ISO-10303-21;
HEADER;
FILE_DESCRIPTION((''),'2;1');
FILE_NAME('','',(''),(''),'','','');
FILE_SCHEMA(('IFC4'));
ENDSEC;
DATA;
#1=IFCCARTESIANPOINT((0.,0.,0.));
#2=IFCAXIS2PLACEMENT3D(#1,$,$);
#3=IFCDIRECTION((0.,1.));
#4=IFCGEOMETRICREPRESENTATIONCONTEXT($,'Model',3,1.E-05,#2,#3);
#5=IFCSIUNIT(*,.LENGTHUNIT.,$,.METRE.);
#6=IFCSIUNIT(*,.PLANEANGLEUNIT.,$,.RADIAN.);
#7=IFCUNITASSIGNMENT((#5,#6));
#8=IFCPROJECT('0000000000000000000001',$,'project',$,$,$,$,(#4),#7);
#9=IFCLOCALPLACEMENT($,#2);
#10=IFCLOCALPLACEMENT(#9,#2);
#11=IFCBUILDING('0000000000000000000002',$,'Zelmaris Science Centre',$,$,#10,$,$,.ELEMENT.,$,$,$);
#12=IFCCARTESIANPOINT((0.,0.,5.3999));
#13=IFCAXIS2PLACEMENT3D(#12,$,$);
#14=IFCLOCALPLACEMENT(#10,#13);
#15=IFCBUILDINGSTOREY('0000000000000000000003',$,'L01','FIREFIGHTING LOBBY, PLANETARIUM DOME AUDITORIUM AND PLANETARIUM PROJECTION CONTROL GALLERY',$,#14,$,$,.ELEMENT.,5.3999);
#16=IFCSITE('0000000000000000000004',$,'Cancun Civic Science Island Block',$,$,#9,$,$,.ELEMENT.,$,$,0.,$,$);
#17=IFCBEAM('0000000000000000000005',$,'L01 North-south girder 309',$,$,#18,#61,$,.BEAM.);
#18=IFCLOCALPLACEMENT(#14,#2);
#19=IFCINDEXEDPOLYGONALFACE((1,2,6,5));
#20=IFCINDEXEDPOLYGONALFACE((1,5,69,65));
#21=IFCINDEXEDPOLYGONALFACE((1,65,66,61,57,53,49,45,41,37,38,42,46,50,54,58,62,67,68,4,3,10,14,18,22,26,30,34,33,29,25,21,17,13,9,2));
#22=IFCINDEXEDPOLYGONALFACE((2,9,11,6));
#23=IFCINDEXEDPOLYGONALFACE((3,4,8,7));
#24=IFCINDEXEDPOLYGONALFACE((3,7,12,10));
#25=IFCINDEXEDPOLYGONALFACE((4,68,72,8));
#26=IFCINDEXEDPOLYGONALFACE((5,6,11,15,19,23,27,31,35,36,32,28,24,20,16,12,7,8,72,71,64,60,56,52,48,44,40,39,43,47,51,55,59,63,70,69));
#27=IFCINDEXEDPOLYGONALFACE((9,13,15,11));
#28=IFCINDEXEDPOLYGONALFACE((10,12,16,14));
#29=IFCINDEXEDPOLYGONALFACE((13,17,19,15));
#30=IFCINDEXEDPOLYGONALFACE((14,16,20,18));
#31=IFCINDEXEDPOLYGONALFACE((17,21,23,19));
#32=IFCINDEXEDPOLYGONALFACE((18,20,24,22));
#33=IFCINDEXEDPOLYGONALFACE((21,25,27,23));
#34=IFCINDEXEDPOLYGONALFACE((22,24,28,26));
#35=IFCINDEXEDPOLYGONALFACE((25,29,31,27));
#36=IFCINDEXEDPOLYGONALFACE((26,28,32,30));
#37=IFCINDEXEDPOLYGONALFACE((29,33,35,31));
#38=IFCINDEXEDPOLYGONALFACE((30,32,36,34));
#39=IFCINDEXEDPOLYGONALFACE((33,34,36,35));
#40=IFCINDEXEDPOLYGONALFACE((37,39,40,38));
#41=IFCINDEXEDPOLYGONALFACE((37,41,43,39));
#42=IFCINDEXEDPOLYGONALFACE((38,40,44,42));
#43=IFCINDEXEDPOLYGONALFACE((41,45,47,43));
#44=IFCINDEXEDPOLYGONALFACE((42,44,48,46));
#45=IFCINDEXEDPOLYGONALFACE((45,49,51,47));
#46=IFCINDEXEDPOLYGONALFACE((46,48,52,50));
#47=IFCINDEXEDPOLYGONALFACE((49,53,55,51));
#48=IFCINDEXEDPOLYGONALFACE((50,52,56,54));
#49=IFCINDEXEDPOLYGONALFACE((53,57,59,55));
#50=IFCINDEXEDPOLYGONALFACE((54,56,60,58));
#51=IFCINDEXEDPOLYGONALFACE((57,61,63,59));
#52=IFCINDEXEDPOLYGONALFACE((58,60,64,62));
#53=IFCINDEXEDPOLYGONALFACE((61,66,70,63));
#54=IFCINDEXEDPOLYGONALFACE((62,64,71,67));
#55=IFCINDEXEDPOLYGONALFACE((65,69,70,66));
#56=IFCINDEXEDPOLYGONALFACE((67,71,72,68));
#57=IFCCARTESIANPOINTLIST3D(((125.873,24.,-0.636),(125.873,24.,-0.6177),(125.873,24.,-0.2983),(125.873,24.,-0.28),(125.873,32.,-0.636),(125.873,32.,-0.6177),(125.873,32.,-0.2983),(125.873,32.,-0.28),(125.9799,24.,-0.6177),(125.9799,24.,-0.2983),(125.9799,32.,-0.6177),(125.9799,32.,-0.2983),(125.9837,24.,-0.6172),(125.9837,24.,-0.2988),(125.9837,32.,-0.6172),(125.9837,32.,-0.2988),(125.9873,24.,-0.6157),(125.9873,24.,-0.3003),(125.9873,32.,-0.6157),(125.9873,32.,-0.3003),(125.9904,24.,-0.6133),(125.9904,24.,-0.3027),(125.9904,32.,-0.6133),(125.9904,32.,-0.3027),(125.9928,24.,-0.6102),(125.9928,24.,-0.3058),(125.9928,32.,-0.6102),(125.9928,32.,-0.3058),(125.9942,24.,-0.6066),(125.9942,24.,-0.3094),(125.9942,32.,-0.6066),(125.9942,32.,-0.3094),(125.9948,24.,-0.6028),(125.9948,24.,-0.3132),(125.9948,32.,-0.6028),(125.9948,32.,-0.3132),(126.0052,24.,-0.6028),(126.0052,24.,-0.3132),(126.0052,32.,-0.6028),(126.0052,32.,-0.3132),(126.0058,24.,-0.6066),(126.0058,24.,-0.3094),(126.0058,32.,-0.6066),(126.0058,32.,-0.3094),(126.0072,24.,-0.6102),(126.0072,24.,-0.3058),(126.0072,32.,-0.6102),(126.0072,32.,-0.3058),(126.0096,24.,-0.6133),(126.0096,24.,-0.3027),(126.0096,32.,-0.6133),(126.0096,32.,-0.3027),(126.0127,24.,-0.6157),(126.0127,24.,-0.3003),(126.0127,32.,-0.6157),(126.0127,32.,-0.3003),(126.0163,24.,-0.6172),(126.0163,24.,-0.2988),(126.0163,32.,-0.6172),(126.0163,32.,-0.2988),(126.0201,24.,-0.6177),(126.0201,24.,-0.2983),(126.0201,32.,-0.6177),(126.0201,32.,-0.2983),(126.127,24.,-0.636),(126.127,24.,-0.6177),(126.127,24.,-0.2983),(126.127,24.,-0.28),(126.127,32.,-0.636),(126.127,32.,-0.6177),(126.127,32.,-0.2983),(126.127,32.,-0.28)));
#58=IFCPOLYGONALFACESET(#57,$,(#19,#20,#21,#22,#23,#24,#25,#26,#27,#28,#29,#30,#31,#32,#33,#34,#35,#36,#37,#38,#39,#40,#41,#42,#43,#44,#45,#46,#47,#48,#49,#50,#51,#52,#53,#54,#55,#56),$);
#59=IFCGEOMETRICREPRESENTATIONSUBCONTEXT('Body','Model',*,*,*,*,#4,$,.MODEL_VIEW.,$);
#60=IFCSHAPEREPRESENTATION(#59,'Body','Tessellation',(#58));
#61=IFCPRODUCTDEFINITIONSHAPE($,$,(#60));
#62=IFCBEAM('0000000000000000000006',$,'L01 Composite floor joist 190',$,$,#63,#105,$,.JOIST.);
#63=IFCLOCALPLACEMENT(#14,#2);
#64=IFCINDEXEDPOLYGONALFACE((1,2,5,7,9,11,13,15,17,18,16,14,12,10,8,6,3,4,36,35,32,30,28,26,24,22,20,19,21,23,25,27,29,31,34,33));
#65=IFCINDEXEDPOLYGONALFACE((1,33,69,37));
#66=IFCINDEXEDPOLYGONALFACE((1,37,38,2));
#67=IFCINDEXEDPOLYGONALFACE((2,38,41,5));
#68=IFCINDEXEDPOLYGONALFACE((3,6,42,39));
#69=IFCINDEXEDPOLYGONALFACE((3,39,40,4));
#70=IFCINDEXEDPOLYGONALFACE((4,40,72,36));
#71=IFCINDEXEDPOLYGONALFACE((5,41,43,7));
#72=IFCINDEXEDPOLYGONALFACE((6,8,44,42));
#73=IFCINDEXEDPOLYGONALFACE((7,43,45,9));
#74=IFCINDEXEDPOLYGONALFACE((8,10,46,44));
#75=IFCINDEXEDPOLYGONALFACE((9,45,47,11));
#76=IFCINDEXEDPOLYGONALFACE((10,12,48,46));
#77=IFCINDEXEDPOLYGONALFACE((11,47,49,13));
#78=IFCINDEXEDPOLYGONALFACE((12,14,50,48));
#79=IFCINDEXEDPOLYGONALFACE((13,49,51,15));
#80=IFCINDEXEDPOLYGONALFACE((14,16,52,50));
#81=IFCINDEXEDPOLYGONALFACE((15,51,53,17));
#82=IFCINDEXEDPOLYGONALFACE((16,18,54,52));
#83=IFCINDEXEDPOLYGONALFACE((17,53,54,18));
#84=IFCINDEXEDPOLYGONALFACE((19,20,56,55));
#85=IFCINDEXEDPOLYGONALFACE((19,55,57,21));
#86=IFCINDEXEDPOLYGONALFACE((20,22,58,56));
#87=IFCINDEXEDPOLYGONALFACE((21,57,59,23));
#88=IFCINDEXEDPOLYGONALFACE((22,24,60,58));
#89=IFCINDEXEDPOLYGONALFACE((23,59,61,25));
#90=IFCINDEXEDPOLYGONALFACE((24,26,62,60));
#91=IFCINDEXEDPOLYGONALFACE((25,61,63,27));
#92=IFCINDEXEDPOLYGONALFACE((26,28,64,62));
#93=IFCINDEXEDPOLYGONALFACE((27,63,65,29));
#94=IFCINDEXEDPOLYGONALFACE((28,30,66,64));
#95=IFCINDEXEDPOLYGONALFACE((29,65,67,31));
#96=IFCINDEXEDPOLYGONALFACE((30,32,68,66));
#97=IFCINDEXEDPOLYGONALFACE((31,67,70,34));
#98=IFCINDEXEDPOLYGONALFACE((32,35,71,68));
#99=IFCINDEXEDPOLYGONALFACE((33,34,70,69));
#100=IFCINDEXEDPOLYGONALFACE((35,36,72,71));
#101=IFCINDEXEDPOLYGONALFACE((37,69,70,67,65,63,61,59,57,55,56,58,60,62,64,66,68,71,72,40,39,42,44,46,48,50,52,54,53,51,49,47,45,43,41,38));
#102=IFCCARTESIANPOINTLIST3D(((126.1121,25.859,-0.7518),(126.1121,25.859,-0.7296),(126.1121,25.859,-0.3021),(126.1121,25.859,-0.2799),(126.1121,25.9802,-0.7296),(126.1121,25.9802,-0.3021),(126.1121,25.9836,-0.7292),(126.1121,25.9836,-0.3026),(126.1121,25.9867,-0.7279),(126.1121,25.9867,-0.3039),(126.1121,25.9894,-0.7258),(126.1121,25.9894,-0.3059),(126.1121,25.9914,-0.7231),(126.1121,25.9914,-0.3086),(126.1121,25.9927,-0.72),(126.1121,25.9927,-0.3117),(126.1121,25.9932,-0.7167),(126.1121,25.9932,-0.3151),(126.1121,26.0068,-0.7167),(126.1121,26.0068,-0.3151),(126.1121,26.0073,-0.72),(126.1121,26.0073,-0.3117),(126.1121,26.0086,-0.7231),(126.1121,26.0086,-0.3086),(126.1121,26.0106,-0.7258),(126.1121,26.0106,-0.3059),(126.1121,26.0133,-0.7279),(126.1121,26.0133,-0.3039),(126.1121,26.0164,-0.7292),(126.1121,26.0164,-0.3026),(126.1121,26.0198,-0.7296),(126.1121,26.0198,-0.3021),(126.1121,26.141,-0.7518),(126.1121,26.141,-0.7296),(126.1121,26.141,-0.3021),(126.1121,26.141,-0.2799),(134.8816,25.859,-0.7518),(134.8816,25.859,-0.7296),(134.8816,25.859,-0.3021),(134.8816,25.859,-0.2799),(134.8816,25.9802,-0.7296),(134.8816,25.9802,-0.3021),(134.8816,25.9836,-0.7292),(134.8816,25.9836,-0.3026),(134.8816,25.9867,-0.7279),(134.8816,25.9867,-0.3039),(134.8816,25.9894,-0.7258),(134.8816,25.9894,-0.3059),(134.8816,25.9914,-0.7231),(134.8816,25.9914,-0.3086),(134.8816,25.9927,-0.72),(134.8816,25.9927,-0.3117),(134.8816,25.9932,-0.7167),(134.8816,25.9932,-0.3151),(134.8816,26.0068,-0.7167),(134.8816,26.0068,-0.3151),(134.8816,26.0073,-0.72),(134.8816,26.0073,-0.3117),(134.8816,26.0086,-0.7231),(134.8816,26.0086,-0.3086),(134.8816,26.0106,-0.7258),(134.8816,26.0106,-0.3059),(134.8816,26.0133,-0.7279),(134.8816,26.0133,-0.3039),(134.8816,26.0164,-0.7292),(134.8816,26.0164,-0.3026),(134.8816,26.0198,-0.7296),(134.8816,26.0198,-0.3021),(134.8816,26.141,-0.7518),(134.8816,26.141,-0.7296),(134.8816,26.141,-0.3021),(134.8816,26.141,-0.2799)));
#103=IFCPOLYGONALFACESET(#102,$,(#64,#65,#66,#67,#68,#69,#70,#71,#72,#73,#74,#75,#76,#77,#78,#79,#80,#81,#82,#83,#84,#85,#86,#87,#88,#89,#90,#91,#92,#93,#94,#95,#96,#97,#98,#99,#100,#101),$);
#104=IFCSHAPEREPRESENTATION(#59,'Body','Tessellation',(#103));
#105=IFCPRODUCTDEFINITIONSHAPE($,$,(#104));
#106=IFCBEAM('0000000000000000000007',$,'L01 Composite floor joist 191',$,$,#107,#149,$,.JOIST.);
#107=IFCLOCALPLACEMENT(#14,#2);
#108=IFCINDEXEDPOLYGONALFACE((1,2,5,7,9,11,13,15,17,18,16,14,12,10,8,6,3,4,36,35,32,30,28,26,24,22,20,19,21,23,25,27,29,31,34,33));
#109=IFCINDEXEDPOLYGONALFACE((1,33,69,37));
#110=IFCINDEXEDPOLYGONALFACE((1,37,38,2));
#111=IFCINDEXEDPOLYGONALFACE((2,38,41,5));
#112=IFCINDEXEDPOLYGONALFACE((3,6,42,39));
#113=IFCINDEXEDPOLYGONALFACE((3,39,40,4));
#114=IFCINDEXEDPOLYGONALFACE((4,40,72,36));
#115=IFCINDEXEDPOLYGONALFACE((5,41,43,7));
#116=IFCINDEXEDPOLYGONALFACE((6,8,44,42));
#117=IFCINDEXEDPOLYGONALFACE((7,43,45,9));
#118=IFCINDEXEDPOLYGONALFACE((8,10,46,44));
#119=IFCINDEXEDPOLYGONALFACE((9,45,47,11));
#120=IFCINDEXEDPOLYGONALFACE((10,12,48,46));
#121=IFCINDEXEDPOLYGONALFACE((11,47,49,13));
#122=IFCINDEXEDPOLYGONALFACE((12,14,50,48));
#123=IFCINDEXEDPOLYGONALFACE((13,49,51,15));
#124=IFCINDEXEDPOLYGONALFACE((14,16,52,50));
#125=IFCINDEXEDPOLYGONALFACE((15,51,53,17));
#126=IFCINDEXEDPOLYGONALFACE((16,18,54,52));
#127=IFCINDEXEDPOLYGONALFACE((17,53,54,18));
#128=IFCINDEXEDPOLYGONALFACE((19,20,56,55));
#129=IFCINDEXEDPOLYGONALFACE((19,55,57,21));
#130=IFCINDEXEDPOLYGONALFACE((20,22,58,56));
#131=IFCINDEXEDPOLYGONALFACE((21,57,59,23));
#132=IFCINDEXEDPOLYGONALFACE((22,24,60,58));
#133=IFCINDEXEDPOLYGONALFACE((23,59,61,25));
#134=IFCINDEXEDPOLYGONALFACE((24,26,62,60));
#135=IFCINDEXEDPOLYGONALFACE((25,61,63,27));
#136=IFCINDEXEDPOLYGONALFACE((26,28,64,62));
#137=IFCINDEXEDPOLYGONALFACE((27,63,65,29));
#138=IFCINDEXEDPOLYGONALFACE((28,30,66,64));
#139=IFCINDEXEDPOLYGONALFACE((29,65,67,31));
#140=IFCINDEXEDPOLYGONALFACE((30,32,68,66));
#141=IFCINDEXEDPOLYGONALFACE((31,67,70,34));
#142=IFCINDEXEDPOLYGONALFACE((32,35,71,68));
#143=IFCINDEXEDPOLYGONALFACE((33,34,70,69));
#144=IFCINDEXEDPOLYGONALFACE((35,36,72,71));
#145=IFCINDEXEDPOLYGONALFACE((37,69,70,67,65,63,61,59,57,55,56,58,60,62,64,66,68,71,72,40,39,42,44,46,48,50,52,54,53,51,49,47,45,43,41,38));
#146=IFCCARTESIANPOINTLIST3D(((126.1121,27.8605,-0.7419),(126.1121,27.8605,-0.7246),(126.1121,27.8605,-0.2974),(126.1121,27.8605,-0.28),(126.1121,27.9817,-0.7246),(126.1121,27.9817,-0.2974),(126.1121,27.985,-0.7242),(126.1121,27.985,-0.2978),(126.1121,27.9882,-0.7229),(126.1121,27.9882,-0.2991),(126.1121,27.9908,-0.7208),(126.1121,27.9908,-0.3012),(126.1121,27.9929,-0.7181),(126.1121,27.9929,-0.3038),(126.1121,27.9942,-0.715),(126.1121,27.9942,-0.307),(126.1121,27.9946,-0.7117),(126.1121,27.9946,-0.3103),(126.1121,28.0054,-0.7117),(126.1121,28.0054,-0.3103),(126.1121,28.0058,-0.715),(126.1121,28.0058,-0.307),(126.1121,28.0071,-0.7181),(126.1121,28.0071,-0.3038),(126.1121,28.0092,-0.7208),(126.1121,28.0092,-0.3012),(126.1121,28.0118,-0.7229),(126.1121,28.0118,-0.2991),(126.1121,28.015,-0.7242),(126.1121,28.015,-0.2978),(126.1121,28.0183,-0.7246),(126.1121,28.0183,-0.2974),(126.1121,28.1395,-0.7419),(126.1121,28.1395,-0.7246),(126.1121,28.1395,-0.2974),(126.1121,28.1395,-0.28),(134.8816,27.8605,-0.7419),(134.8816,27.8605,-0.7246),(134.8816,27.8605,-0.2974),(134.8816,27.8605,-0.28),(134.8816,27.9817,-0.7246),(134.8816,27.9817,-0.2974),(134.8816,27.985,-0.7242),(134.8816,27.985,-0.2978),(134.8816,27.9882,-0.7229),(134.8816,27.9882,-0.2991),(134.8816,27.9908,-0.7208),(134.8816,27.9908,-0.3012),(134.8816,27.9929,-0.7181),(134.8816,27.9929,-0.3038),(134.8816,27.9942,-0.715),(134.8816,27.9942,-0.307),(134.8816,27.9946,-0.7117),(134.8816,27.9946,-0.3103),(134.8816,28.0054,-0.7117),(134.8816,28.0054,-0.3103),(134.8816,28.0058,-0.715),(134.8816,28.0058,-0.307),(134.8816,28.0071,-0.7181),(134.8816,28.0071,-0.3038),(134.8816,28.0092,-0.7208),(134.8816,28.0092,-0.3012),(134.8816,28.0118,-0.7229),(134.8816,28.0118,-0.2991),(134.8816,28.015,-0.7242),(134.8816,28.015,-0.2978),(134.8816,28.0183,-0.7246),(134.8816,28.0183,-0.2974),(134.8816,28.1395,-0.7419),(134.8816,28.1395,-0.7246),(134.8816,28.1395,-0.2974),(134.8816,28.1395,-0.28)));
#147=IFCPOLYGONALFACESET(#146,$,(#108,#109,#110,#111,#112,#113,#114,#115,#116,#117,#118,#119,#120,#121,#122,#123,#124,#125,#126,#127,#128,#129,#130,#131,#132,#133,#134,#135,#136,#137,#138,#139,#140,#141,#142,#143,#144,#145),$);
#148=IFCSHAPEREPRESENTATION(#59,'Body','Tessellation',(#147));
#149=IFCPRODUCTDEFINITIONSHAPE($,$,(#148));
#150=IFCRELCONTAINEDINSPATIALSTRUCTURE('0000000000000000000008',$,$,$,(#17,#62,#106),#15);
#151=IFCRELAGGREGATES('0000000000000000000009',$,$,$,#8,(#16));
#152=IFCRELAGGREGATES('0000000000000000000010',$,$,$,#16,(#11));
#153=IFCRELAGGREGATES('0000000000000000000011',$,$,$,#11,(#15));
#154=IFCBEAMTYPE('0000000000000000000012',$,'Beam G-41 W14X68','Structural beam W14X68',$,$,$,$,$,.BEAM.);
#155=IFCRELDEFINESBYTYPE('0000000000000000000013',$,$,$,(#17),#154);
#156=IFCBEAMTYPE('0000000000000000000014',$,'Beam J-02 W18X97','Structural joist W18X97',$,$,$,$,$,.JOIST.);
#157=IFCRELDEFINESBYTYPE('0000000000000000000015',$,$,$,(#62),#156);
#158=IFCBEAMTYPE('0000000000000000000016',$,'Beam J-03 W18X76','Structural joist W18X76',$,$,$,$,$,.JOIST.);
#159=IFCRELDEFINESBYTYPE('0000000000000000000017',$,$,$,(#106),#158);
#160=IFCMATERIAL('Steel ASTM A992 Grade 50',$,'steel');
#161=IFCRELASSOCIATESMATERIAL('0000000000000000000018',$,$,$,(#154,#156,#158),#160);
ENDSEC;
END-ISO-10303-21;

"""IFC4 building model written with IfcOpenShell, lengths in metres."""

from ifc_helpers import new_model, si_unit, direction, frame, origin, origin_2d, place, context, subcontext, project, spatial, i_section, extrude, material, material_profile, profile_set, type_object, element, save


model = new_model("IFC4")

# Units and contexts
model_context = context("Model", 3, precision=1e-05, world=origin(), true_north=direction((0.0, 1.0)))
body_context = subcontext(model_context, "Body", "Model", "MODEL_VIEW")
ifc_project = project(units=[si_unit("LENGTHUNIT", "METRE"), si_unit("PLANEANGLEUNIT", "RADIAN")], contexts=[model_context])

# Site, building, storey
site_placement = place(None, origin())
site = spatial("IfcSite", under=ifc_project, at=site_placement, Name="Cancun Civic Science Island Block", CompositionType="ELEMENT", RefElevation=0.0)
building_placement = place(site_placement, origin())
building = spatial("IfcBuilding", under=site, at=building_placement, Name="Zelmaris Science Centre", CompositionType="ELEMENT")
storey_placement = place(building_placement, frame((0.0, 0.0, 5.3999)))
storey = spatial("IfcBuildingStorey", under=building, at=storey_placement, Name="L01", Description="FIREFIGHTING LOBBY, PLANETARIUM DOME AUDITORIUM AND PLANETARIUM PROJECTION CONTROL GALLERY", CompositionType="ELEMENT", Elevation=5.3999)

# Shared definitions
ifc_material_1 = material(Name="Steel ASTM A992 Grade 50", Category="steel")

# Beams
ifc_material_profile_1 = material_profile(ifc_material_1, i_section(OverallWidth=0.2539, OverallDepth=0.356, WebThickness=0.0105, FlangeThickness=0.0183, FilletRadius=0.0149, at=origin_2d()), Name="W14X68")
ifc_profile_set_1 = profile_set([ifc_material_profile_1], Name="Steel ASTM A992 Grade 50")
beam_type_1 = type_object("IfcBeamType", Name="Beam G-41 W14X68", Description="Structural beam W14X68", PredefinedType="BEAM", material=ifc_profile_set_1)
beam_1_placement = place(storey_placement, frame((126.0, 24.0, -0.458), z_axis=(0.0, 1.0, 0.0), x_axis=(-1.0, 0.0, 0.0)))
element("IfcBeam", 1, at=beam_1_placement, inside=storey, type_object=beam_type_1, Name="L01 North-south girder 309", PredefinedType="BEAM", context=body_context, shape_type="SweptSolid", body=[
    extrude(i_section(OverallWidth=0.2539, OverallDepth=0.356, WebThickness=0.0105, FlangeThickness=0.0183, FilletRadius=0.0149, at=origin_2d()), origin(), (0.0, 0.0, 1.0), 8.0),
])
ifc_material_profile_2 = material_profile(ifc_material_1, i_section(OverallWidth=0.282, OverallDepth=0.4719, WebThickness=0.0137, FlangeThickness=0.0222, FilletRadius=0.0129, at=origin_2d()), Name="W18X97")
ifc_profile_set_2 = profile_set([ifc_material_profile_2], Name="Steel ASTM A992 Grade 50")
beam_type_2 = type_object("IfcBeamType", Name="Beam J-02 W18X97", Description="Structural joist W18X97", PredefinedType="JOIST", material=ifc_profile_set_2)
beam_2_placement = place(storey_placement, frame((126.1121, 26.0, -0.5159), z_axis=(1.0, 0.0, 0.0), x_axis=(0.0, 1.0, 0.0)))
element("IfcBeam", 2, at=beam_2_placement, inside=storey, type_object=beam_type_2, Name="L01 Composite floor joist 190", PredefinedType="JOIST", context=body_context, shape_type="SweptSolid", body=[
    extrude(i_section(OverallWidth=0.282, OverallDepth=0.4719, WebThickness=0.0137, FlangeThickness=0.0222, FilletRadius=0.0129, at=origin_2d()), origin(), (0.0, 0.0, 1.0), 8.7695),
])
ifc_material_profile_3 = material_profile(ifc_material_1, i_section(OverallWidth=0.2791, OverallDepth=0.4619, WebThickness=0.0107, FlangeThickness=0.0173, FilletRadius=0.0129, at=origin_2d()), Name="W18X76")
ifc_profile_set_3 = profile_set([ifc_material_profile_3], Name="Steel ASTM A992 Grade 50")
beam_type_3 = type_object("IfcBeamType", Name="Beam J-03 W18X76", Description="Structural joist W18X76", PredefinedType="JOIST", material=ifc_profile_set_3)
beam_3_placement = place(storey_placement, frame((126.1121, 28.0, -0.511), z_axis=(1.0, 0.0, 0.0), x_axis=(0.0, 1.0, 0.0)))
element("IfcBeam", 3, at=beam_3_placement, inside=storey, type_object=beam_type_3, Name="L01 Composite floor joist 191", PredefinedType="JOIST", context=body_context, shape_type="SweptSolid", body=[
    extrude(i_section(OverallWidth=0.2791, OverallDepth=0.4619, WebThickness=0.0107, FlangeThickness=0.0173, FilletRadius=0.0129, at=origin_2d()), origin(), (0.0, 0.0, 1.0), 8.7695),
])

save(model, "model.ifc")
